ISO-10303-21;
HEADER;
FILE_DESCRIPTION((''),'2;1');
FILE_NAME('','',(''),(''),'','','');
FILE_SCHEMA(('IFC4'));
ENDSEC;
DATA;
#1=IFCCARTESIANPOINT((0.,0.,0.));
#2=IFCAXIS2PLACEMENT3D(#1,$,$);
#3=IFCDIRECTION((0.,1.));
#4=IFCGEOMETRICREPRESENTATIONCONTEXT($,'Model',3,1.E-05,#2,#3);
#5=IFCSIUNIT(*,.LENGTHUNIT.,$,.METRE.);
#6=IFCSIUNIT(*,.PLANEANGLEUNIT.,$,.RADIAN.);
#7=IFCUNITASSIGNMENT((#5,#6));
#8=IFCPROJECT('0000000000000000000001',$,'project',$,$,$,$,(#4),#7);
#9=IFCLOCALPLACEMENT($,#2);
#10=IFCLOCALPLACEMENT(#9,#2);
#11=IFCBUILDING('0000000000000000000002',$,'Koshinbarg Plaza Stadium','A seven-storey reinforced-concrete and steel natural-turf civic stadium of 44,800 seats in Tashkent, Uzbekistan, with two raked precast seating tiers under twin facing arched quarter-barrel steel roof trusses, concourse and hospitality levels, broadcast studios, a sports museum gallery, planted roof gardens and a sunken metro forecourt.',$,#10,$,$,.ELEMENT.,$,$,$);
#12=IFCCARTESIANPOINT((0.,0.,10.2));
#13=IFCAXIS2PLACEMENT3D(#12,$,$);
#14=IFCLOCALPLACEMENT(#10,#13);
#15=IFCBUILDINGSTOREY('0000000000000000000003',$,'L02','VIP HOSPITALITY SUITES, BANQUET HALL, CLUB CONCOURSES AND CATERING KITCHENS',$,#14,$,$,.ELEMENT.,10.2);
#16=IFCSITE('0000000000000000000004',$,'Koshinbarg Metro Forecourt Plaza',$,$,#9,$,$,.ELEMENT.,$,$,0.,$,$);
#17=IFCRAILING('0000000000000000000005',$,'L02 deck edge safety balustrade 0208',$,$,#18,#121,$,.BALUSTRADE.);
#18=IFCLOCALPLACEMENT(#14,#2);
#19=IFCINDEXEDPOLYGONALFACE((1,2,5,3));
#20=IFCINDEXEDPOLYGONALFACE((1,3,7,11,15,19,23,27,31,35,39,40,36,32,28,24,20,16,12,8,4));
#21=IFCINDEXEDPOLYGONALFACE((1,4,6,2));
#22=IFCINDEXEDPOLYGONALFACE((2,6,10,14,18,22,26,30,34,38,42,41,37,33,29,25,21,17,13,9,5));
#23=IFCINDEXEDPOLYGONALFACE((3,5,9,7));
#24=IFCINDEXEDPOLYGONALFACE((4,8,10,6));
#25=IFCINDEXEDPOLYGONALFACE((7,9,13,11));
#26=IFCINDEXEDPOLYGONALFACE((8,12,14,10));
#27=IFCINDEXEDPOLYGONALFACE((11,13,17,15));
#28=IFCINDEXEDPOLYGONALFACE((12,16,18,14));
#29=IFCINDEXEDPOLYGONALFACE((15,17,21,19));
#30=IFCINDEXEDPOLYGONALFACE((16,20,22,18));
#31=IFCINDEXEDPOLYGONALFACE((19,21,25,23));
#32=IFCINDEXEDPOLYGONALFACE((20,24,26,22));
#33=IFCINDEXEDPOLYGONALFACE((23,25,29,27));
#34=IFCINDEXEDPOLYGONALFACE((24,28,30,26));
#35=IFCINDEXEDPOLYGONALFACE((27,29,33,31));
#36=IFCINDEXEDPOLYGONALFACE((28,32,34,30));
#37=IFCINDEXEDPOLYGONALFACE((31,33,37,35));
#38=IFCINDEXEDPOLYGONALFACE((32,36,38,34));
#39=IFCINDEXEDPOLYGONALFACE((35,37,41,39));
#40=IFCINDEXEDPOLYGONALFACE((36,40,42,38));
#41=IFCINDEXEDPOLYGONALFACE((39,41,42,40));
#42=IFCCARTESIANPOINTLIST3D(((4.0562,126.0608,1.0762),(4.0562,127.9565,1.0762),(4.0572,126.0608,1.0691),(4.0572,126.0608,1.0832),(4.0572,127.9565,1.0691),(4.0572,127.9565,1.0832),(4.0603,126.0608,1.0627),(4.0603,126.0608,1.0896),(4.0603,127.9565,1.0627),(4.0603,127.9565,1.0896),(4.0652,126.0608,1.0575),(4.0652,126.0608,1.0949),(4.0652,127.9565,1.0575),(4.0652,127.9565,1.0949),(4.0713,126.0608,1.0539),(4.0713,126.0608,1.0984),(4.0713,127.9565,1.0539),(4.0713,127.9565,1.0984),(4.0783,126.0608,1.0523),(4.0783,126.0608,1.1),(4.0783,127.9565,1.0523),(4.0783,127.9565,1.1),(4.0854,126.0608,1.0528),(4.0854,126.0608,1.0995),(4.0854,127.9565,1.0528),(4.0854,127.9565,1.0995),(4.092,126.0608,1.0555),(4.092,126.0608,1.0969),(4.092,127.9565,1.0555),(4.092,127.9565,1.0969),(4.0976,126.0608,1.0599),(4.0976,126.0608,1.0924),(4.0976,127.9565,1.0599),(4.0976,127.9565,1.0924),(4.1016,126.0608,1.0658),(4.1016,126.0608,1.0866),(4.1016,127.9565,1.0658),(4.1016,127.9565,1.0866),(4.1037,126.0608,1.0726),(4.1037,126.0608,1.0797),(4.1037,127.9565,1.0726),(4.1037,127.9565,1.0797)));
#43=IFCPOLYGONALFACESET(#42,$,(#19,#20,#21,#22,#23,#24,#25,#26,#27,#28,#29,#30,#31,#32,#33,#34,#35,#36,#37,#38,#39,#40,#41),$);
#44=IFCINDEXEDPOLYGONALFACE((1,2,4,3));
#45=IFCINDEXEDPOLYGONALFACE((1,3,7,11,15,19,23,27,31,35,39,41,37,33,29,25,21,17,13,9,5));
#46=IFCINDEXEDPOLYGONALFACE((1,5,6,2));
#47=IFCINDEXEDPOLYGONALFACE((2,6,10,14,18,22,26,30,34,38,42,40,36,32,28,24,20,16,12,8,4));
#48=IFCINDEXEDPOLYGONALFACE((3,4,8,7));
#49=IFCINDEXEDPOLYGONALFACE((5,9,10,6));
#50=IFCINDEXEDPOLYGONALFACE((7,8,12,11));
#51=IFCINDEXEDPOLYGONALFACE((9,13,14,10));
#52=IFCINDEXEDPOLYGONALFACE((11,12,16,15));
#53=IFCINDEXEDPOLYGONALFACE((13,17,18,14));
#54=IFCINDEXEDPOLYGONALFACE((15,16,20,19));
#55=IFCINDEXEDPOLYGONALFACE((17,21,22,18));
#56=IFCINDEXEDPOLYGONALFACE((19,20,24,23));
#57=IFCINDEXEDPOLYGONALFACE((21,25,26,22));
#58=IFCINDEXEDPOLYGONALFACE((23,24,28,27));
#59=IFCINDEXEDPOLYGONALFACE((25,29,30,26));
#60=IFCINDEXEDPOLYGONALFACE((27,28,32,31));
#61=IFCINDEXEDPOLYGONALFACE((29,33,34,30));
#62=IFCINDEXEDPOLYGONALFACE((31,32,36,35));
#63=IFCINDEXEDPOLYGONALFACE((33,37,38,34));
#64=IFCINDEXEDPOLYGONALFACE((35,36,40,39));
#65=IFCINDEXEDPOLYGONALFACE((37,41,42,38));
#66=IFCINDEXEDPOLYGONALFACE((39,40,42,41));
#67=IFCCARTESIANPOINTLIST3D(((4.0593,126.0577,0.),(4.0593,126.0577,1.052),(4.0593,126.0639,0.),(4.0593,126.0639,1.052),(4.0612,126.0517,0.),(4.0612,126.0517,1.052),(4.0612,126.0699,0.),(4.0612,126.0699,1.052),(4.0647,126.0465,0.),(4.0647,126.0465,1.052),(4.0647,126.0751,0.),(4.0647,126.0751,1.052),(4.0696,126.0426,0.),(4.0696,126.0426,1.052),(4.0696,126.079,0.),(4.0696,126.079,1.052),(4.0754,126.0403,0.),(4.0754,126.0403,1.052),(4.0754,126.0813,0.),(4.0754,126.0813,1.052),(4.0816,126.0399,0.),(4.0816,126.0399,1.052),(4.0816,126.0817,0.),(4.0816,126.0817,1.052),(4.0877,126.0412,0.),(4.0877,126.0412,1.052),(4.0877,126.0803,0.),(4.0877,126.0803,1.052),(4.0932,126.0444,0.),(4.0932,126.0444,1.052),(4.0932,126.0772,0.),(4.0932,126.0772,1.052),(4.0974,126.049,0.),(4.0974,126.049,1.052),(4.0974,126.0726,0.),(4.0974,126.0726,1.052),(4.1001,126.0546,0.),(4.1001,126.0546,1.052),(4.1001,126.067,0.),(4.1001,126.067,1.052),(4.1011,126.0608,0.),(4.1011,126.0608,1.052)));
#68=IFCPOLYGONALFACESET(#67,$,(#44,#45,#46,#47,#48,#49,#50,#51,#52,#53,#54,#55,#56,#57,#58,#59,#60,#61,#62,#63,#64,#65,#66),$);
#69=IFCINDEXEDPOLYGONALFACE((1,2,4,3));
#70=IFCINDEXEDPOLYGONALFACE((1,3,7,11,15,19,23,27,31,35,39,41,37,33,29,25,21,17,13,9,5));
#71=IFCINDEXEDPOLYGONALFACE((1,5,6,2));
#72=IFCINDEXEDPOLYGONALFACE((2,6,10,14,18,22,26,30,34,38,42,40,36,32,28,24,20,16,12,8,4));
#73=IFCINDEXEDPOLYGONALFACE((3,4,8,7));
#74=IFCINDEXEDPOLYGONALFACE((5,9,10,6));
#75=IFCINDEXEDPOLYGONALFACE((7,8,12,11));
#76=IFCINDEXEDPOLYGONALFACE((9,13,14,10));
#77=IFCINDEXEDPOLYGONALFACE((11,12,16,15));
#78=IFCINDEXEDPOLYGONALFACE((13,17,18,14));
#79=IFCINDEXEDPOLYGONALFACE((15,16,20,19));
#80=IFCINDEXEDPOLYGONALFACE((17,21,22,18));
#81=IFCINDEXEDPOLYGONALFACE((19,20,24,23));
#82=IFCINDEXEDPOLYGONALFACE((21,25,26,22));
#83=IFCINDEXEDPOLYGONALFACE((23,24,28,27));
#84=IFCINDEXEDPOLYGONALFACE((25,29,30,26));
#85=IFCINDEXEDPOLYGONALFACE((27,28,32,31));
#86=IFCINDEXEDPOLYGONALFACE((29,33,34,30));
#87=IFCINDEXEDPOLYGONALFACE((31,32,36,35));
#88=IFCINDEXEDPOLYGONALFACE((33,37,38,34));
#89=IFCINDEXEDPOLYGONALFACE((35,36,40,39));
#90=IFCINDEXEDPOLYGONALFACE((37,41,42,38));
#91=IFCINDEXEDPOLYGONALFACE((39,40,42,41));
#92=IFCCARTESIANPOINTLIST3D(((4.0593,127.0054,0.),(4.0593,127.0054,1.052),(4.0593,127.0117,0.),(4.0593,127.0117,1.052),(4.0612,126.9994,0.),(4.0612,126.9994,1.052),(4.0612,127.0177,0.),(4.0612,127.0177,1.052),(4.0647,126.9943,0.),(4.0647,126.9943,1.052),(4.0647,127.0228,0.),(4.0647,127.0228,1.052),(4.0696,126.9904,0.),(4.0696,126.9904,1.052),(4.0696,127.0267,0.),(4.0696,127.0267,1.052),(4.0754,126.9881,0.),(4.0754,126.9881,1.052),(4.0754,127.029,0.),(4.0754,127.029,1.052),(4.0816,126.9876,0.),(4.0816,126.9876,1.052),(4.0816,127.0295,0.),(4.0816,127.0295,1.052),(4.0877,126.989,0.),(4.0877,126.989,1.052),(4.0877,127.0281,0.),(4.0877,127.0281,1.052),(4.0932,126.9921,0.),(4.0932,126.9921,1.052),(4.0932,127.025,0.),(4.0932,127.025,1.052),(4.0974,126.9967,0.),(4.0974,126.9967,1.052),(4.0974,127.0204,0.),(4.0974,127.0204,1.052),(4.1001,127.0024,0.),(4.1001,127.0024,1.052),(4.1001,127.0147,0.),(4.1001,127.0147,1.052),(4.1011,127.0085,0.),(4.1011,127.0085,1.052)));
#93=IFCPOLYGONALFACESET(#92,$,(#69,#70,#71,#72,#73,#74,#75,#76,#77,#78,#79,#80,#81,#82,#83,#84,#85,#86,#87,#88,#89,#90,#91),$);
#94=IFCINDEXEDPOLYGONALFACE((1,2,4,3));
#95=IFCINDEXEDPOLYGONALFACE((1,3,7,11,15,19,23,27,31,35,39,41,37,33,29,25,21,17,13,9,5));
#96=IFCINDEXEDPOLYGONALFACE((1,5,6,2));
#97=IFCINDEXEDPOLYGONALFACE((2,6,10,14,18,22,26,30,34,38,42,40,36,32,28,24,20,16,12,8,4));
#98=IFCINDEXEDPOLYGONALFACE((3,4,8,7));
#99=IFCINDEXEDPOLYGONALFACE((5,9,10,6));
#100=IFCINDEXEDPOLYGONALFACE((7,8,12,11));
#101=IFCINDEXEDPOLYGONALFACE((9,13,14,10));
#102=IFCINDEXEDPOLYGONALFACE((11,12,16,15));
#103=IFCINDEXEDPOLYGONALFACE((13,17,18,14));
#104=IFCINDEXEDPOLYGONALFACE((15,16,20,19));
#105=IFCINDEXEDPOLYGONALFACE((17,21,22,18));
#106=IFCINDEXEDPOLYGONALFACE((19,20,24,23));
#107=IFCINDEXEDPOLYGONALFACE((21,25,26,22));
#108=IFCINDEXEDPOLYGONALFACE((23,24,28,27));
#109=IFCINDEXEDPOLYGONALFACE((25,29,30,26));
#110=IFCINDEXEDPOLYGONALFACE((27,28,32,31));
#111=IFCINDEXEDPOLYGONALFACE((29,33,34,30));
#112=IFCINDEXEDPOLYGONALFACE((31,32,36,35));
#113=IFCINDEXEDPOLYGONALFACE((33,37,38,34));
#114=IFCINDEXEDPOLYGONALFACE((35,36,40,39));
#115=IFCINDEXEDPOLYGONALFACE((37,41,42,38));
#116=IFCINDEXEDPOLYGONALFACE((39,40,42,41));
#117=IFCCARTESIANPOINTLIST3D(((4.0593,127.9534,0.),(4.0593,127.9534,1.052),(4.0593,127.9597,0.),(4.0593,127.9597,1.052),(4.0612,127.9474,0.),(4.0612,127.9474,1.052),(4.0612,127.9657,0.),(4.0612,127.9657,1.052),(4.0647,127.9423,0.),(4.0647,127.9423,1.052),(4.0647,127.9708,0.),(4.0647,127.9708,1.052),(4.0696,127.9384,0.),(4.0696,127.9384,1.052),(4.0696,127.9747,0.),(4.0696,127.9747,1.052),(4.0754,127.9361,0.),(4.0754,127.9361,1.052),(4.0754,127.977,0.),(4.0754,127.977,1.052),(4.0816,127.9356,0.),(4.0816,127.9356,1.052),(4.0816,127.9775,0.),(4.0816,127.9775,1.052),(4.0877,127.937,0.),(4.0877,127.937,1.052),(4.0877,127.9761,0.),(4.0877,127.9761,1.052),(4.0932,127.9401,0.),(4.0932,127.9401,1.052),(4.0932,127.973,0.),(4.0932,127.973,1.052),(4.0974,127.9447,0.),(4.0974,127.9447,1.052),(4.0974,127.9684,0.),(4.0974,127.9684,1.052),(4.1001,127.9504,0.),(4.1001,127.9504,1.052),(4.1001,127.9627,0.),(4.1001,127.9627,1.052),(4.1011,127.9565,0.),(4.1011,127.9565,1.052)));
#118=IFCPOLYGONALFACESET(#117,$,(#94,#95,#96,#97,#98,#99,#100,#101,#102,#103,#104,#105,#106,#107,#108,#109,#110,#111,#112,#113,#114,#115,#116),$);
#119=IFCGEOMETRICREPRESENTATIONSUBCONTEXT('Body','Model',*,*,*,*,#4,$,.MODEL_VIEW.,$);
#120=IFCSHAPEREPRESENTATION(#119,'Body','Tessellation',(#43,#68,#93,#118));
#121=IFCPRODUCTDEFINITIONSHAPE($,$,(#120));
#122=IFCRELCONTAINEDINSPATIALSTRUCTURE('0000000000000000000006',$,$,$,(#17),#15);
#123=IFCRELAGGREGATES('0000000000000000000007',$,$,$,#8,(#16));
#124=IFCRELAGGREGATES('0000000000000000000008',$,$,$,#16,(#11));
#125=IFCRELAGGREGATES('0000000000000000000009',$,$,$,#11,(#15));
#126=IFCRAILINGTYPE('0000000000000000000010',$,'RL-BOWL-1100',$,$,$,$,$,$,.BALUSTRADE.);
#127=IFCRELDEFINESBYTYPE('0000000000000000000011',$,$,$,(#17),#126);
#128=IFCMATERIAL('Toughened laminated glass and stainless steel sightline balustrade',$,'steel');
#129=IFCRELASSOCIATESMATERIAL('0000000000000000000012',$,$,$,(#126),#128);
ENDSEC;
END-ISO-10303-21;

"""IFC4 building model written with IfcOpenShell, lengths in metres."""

from ifc_helpers import new_model, si_unit, direction, frame, origin, origin_2d, place, context, subcontext, project, spatial, circle, extrude, material, type_object, element, save


model = new_model("IFC4")

# Units and contexts
model_context = context("Model", 3, precision=1e-05, world=origin(), true_north=direction((0.0, 1.0)))
body_context = subcontext(model_context, "Body", "Model", "MODEL_VIEW")
ifc_project = project(units=[si_unit("LENGTHUNIT", "METRE"), si_unit("PLANEANGLEUNIT", "RADIAN")], contexts=[model_context])

# Site, building, storey
site_placement = place(None, origin())
site = spatial("IfcSite", under=ifc_project, at=site_placement, Name="Koshinbarg Metro Forecourt Plaza", CompositionType="ELEMENT", RefElevation=0.0)
building_placement = place(site_placement, origin())
building = spatial("IfcBuilding", under=site, at=building_placement, Name="Koshinbarg Plaza Stadium", Description="A seven-storey reinforced-concrete and steel natural-turf civic stadium of 44,800 seats in Tashkent, Uzbekistan, with two raked precast seating tiers under twin facing arched quarter-barrel steel roof trusses, concourse and hospitality levels, broadcast studios, a sports museum gallery, planted roof gardens and a sunken metro forecourt.", CompositionType="ELEMENT")
storey_placement = place(building_placement, frame((0.0, 0.0, 10.2)))
storey = spatial("IfcBuildingStorey", under=building, at=storey_placement, Name="L02", Description="VIP HOSPITALITY SUITES, BANQUET HALL, CLUB CONCOURSES AND CATERING KITCHENS", CompositionType="ELEMENT", Elevation=10.2)

# Railing
ifc_material_1 = material(Name="Toughened laminated glass and stainless steel sightline balustrade", Category="steel")
railing_type = type_object("IfcRailingType", Name="RL-BOWL-1100", PredefinedType="BALUSTRADE", material=ifc_material_1)
railing_1_placement = place(storey_placement, frame((4.0801, 126.0608, 0.0)))
element("IfcRailing", 1, at=railing_1_placement, inside=storey, type_object=railing_type, Name="L02 deck edge safety balustrade 0208", PredefinedType="BALUSTRADE", context=body_context, shape_type="SweptSolid", body=[
    extrude(circle(Radius=0.0239, at=origin_2d()), frame((0.0, 0.0, 1.0762), z_axis=(0.0, 1.0, 0.0), x_axis=(-1.0, 0.0, 0.0)), (0.0, 0.0, 1.0), 1.8958),
    extrude(circle(Radius=0.021, at=origin_2d()), origin(), (0.0, 0.0, 1.0), 1.052),
    extrude(circle(Radius=0.021, at=origin_2d()), frame((0.0, 0.9478, 0.0)), (0.0, 0.0, 1.0), 1.052),
    extrude(circle(Radius=0.021, at=origin_2d()), frame((0.0, 1.8958, 0.0)), (0.0, 0.0, 1.0), 1.052),
])

save(model, "model.ifc")
